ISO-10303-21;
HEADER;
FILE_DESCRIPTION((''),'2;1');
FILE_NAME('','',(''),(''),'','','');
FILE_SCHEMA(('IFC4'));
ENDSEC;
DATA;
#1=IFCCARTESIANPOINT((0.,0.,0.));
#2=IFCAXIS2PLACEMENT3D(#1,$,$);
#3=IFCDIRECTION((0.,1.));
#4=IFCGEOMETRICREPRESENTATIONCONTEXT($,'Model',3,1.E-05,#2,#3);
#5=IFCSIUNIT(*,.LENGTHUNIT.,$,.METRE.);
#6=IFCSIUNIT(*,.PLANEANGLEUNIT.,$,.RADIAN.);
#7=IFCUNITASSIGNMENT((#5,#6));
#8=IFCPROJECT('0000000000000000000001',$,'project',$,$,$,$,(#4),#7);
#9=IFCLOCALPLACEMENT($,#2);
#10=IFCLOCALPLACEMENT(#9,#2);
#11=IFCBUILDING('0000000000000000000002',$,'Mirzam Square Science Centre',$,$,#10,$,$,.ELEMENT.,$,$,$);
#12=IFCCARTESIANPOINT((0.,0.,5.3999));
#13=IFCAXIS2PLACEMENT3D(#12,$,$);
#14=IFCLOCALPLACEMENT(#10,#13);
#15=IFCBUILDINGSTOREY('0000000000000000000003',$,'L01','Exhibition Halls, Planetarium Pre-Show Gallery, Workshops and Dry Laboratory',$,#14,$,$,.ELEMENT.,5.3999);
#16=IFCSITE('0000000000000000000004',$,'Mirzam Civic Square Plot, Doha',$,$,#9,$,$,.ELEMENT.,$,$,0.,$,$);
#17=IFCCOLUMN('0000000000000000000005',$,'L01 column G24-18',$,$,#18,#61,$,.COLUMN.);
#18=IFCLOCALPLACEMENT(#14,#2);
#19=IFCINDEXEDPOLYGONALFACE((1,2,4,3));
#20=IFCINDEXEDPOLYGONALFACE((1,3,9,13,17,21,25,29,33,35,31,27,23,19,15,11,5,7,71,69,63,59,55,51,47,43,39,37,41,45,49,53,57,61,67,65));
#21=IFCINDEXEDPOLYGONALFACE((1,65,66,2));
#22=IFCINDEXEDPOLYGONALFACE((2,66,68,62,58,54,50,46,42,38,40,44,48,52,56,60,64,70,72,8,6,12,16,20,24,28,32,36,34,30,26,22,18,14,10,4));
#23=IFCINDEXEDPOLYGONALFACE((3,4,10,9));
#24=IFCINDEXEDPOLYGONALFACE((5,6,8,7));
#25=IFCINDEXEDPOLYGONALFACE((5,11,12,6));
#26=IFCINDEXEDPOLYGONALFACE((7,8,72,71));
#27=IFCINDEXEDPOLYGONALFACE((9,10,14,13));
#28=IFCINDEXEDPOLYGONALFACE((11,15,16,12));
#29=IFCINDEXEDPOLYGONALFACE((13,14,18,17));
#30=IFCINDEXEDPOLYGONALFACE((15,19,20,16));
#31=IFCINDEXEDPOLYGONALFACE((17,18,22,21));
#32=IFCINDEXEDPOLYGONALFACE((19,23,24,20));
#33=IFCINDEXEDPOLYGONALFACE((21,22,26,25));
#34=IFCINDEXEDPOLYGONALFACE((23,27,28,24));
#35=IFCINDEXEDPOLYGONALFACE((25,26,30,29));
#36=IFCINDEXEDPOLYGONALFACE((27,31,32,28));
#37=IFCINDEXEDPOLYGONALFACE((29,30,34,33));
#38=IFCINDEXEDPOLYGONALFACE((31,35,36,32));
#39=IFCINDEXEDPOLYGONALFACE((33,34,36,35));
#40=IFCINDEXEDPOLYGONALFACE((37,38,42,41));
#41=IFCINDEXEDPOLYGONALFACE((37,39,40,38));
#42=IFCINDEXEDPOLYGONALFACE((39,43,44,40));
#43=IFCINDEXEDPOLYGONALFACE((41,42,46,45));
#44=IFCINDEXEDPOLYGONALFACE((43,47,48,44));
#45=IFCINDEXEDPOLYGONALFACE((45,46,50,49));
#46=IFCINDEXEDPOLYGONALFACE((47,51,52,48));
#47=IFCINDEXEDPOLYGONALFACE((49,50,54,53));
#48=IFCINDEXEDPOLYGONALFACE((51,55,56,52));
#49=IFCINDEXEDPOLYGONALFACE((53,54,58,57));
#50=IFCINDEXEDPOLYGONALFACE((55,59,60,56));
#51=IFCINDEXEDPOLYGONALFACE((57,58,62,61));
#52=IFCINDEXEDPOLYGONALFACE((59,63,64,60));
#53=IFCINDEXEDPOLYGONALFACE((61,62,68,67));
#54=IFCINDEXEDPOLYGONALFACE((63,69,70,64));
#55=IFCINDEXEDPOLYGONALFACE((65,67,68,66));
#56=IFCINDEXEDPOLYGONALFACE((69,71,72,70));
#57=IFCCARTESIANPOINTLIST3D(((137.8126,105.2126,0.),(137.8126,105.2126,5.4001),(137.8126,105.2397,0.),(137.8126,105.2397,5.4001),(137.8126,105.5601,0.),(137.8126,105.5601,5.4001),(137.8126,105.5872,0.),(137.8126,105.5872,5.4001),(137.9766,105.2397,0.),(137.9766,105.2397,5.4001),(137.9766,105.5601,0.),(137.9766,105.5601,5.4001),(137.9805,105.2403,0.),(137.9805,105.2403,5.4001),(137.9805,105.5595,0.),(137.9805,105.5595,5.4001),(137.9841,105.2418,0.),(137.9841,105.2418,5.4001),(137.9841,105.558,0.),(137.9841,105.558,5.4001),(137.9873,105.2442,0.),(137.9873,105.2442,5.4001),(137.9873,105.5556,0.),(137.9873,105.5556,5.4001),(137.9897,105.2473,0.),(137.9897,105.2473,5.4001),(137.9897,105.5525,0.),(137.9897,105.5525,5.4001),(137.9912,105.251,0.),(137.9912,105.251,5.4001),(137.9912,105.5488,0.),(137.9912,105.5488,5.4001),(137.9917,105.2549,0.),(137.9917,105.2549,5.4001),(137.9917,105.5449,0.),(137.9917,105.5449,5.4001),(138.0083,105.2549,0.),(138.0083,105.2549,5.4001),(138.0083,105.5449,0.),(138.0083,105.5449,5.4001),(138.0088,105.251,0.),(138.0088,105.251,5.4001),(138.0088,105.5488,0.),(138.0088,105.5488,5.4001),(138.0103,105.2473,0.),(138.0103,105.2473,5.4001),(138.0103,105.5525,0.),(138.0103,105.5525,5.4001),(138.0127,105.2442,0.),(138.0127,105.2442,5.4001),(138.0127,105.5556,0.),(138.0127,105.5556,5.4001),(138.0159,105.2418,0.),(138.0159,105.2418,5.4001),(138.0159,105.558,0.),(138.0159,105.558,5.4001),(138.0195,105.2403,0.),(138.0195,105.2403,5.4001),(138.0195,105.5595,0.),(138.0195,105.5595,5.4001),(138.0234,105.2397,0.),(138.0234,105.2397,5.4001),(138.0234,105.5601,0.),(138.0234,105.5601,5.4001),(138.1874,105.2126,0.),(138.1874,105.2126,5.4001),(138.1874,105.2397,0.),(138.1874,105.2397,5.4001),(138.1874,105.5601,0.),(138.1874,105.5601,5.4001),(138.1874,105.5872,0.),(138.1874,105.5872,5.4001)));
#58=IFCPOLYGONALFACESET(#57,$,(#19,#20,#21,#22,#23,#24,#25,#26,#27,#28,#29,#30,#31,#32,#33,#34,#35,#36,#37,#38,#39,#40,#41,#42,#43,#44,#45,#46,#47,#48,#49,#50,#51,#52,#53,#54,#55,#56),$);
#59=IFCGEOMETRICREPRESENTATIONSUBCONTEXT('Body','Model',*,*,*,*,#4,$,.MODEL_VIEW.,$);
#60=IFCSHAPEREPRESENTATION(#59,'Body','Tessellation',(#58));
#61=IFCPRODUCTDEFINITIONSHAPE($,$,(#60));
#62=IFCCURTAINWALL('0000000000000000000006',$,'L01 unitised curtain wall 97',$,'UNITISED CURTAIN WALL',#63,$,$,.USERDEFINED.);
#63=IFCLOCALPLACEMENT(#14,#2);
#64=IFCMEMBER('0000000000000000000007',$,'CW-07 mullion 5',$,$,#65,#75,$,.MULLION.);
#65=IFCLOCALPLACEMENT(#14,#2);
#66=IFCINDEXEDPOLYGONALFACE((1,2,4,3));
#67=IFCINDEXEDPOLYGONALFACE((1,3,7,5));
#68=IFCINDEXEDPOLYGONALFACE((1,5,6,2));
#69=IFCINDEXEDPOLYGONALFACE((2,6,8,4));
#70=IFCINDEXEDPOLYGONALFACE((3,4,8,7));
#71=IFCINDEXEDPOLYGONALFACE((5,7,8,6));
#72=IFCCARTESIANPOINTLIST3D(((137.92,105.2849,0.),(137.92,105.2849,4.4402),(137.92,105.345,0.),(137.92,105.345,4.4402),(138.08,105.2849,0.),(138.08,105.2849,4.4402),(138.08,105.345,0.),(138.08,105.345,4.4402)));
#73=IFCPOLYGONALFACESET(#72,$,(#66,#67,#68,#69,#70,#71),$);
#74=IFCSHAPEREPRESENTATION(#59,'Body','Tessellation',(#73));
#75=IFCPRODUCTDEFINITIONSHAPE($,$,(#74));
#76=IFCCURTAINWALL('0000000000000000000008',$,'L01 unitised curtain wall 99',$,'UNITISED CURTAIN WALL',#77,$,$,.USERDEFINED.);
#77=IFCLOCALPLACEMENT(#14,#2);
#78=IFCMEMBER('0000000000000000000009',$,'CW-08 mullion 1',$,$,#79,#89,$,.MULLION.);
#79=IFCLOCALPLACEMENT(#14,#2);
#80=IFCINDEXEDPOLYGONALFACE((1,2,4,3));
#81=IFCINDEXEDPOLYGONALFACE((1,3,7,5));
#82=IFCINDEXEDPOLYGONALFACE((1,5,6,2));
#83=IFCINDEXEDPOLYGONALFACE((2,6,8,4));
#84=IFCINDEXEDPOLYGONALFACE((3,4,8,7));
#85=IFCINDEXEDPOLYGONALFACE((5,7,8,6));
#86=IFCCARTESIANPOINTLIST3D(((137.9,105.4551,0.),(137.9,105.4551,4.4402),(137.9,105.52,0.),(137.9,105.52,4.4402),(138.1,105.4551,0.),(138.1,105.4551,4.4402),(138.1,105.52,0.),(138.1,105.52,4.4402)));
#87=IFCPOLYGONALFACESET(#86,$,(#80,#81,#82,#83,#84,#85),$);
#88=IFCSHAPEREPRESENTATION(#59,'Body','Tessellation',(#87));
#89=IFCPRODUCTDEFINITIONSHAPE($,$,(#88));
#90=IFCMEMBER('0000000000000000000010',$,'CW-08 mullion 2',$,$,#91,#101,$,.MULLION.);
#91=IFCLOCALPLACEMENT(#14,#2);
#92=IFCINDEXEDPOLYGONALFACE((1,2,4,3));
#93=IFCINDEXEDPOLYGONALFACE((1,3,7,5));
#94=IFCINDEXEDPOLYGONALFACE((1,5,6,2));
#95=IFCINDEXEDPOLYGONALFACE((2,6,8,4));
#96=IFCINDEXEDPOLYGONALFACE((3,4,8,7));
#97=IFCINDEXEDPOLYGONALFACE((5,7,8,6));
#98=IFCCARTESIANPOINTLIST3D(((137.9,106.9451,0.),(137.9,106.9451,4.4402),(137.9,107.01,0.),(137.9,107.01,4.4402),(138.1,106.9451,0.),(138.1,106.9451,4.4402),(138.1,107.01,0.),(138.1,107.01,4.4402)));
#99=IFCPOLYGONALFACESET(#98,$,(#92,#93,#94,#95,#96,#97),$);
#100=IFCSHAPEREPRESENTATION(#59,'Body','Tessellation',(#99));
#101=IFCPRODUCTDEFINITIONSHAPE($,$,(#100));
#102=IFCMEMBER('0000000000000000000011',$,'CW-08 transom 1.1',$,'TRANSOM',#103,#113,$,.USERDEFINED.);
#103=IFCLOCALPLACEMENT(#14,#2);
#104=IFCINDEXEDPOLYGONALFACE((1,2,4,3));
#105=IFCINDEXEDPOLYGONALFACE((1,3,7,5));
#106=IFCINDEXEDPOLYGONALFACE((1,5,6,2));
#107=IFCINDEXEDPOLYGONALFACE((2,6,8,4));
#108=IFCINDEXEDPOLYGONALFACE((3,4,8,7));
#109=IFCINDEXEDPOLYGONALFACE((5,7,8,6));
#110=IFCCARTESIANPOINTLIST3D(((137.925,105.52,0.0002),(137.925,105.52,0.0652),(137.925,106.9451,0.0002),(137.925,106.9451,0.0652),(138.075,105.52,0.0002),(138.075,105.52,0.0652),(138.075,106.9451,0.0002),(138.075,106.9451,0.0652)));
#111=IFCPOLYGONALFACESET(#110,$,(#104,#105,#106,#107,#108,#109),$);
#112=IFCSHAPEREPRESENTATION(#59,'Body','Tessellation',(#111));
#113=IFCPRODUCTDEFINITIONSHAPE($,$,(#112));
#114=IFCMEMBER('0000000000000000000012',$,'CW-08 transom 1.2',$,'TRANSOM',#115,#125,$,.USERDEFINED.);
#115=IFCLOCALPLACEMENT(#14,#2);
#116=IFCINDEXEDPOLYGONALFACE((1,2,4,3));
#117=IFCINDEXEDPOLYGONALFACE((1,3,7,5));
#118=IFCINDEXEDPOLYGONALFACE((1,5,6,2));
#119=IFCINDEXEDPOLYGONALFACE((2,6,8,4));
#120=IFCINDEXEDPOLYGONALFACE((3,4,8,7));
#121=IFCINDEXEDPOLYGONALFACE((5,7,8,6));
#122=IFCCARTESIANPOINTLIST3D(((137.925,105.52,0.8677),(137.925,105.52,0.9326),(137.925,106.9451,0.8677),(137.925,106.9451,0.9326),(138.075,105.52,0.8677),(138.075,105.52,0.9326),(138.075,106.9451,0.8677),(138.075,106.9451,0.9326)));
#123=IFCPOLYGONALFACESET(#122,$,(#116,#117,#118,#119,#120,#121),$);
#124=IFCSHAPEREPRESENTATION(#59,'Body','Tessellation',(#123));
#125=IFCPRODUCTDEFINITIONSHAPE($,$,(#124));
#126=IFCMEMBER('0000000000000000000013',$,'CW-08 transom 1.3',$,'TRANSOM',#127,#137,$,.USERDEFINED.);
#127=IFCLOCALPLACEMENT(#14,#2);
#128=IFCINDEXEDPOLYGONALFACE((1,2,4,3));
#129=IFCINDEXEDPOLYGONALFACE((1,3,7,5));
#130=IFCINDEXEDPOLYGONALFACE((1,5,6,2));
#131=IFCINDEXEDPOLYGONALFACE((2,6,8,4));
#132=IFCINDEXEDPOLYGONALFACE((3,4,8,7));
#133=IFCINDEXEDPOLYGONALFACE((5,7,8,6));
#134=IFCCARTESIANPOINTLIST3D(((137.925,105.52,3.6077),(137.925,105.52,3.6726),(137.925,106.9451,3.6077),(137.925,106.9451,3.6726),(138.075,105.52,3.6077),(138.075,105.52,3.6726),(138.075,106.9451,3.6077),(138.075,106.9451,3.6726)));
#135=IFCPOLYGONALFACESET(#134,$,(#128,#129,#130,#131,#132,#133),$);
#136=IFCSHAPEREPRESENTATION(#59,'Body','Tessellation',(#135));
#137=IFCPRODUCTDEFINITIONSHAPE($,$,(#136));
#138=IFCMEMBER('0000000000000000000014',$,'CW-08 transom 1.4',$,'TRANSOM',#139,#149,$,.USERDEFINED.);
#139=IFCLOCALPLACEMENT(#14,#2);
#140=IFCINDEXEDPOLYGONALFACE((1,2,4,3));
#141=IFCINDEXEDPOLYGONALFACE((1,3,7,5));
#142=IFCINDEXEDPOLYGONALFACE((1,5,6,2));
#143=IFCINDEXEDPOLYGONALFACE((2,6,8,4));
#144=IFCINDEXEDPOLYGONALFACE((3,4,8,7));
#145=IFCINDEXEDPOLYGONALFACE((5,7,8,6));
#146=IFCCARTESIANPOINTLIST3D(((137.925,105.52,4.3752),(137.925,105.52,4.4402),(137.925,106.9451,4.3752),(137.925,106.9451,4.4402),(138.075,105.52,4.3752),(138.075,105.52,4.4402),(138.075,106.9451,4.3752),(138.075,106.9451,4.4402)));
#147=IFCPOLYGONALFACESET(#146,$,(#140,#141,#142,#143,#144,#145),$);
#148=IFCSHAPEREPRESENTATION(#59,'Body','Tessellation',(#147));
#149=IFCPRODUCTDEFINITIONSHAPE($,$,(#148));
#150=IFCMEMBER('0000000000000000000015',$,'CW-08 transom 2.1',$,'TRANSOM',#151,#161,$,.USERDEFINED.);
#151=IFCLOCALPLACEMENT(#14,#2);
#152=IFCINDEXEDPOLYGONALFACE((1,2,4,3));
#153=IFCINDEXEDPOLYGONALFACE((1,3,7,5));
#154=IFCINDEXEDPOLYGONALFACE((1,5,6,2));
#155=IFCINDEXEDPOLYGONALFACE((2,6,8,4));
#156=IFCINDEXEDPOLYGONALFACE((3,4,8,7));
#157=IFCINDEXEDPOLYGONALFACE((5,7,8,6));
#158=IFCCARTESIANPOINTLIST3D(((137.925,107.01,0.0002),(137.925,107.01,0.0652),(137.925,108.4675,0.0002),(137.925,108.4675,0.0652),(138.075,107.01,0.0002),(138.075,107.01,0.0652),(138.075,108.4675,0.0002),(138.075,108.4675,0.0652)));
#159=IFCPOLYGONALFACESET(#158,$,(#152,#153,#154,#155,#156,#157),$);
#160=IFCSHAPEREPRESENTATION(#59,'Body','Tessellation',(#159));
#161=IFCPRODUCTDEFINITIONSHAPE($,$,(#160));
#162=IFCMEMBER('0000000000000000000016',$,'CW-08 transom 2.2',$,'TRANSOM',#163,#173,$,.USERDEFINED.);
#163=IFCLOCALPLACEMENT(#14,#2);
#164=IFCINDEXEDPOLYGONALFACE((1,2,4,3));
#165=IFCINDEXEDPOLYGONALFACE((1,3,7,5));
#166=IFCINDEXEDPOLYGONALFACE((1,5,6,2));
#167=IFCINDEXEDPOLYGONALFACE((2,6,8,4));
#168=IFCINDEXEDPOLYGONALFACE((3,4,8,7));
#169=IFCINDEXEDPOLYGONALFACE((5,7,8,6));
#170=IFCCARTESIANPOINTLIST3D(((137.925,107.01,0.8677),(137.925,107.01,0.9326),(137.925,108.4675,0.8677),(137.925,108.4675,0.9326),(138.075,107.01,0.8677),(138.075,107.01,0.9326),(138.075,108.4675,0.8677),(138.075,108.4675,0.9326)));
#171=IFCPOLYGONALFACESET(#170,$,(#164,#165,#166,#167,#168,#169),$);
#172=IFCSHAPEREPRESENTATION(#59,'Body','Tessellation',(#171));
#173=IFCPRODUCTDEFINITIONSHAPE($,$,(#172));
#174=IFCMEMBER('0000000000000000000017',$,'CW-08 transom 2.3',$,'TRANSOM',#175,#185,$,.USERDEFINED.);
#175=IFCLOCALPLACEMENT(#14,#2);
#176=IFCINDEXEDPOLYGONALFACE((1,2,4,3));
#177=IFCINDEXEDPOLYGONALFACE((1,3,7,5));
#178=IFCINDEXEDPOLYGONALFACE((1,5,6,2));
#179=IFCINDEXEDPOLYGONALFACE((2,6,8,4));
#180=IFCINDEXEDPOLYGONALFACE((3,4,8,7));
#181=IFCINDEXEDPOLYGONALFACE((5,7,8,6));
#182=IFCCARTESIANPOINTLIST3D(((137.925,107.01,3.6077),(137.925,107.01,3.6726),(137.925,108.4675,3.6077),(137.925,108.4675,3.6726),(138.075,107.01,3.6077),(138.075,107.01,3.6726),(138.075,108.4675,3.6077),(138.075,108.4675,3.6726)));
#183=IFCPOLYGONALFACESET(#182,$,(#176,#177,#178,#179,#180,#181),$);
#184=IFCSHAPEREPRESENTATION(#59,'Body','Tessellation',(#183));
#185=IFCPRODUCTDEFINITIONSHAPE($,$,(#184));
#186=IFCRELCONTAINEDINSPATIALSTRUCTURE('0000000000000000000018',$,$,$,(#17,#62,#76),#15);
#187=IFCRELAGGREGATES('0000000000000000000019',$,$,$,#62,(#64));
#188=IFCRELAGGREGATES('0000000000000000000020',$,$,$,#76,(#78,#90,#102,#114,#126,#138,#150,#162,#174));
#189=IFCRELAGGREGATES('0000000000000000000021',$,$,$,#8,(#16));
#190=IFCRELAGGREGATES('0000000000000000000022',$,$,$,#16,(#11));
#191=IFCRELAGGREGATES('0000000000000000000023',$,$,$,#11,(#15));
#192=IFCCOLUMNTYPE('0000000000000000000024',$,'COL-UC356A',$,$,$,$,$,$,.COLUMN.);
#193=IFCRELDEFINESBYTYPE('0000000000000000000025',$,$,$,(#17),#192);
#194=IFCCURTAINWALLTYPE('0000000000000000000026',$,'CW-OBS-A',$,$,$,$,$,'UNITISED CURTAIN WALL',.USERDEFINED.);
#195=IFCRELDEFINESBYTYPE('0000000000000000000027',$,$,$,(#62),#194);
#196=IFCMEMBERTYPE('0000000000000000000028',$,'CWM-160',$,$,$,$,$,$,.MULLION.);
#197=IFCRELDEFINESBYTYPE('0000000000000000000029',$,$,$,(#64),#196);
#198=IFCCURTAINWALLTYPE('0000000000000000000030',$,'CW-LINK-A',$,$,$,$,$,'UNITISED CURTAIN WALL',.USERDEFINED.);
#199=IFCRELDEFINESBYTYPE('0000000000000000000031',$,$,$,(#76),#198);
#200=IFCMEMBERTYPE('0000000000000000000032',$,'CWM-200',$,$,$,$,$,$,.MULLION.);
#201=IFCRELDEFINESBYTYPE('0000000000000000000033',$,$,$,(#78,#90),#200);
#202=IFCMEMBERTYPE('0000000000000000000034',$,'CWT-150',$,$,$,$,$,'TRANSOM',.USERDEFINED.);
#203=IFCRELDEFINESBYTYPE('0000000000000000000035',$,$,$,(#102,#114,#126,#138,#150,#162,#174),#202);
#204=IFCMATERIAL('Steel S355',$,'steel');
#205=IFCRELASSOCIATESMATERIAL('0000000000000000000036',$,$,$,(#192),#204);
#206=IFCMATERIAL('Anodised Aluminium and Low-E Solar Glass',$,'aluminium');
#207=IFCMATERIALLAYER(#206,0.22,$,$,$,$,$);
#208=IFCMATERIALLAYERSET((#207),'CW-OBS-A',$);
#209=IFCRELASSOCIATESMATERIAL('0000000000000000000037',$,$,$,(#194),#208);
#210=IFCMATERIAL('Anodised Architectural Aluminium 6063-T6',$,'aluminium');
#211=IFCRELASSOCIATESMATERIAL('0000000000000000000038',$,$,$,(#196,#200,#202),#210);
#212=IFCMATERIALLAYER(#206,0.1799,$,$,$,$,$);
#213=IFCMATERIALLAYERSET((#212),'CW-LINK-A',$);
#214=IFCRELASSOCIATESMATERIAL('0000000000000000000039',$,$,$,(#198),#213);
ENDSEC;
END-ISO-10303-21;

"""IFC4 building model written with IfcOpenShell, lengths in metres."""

from ifc_helpers import new_model, si_unit, direction, frame, origin, origin_2d, place, context, subcontext, project, spatial, rectangle, i_section, extrude, material, layer, layer_set, material_profile, profile_set, type_object, element, aggregate, save


model = new_model("IFC4")

# Units and contexts
model_context = context("Model", 3, precision=1e-05, world=origin(), true_north=direction((0.0, 1.0)))
body_context = subcontext(model_context, "Body", "Model", "MODEL_VIEW")
ifc_project = project(units=[si_unit("LENGTHUNIT", "METRE"), si_unit("PLANEANGLEUNIT", "RADIAN")], contexts=[model_context])

# Site, building, storey
site_placement = place(None, origin())
site = spatial("IfcSite", under=ifc_project, at=site_placement, Name="Mirzam Civic Square Plot, Doha", CompositionType="ELEMENT", RefElevation=0.0)
building_placement = place(site_placement, origin())
building = spatial("IfcBuilding", under=site, at=building_placement, Name="Mirzam Square Science Centre", CompositionType="ELEMENT")
storey_placement = place(building_placement, frame((0.0, 0.0, 5.3999)))
storey = spatial("IfcBuildingStorey", under=building, at=storey_placement, Name="L01", Description="Exhibition Halls, Planetarium Pre-Show Gallery, Workshops and Dry Laboratory", CompositionType="ELEMENT", Elevation=5.3999)

# Column
ifc_material_1 = material(Name="Steel S355", Category="steel")
ifc_material_profile_1 = material_profile(ifc_material_1, i_section(OverallWidth=0.3748, OverallDepth=0.3745, WebThickness=0.0166, FlangeThickness=0.0271, FilletRadius=0.0151, at=origin_2d()), Name="356x368x202UC")
ifc_profile_set_1 = profile_set([ifc_material_profile_1], Name="Steel S355")
column_type = type_object("IfcColumnType", Name="COL-UC356A", PredefinedType="COLUMN", material=ifc_profile_set_1)
column_placement = place(storey_placement, frame((138.0, 105.3999, 0.0), z_axis=(0.0, 0.0, 1.0), x_axis=(1.0, 0.0, 0.0)))
element("IfcColumn", 1, at=column_placement, inside=storey, type_object=column_type, Name="L01 column G24-18", PredefinedType="COLUMN", context=body_context, shape_type="SweptSolid", body=[
    extrude(i_section(OverallWidth=0.3748, OverallDepth=0.3745, WebThickness=0.0166, FlangeThickness=0.0271, FilletRadius=0.0151, at=origin_2d()), origin(), (0.0, 0.0, 1.0), 5.4001),
])

# Curtain wall, member
ifc_material_2 = material(Name="Anodised Aluminium and Low-E Solar Glass", Category="aluminium")
ifc_layer_1 = layer(ifc_material_2, 0.22)
ifc_layer_set_1 = layer_set([ifc_layer_1], Name="CW-OBS-A")
curtain_wall_type_1 = type_object("IfcCurtainWallType", Name="CW-OBS-A", ElementType="UNITISED CURTAIN WALL", PredefinedType="USERDEFINED", material=ifc_layer_set_1)
curtain_wall_1_placement = place(storey_placement, origin())
curtain_wall_1 = element("IfcCurtainWall", 2, at=curtain_wall_1_placement, inside=storey, type_object=curtain_wall_type_1, Name="L01 unitised curtain wall 97", ObjectType="UNITISED CURTAIN WALL", PredefinedType="USERDEFINED")
ifc_material_3 = material(Name="Anodised Architectural Aluminium 6063-T6", Category="aluminium")
ifc_material_profile_2 = material_profile(ifc_material_3, rectangle(XDim=0.0601, YDim=0.1599, at=origin_2d()), Name="ALU-MULL-160x60x4")
ifc_profile_set_2 = profile_set([ifc_material_profile_2], Name="Anodised Architectural Aluminium 6063-T6")
member_type_1 = type_object("IfcMemberType", Name="CWM-160", PredefinedType="MULLION", material=ifc_profile_set_2)
member_1_placement = place(storey_placement, frame((138.0, 105.3149, 0.0), z_axis=(0.0, 0.0, 1.0), x_axis=(0.0, 1.0, 0.0)))
member_1 = element("IfcMember", 3, at=member_1_placement, type_object=member_type_1, Name="CW-07 mullion 5", PredefinedType="MULLION", context=body_context, shape_type="SweptSolid", body=[
    extrude(rectangle(XDim=0.0601, YDim=0.1599, at=origin_2d()), origin(), (0.0, 0.0, 1.0), 4.4402),
])

# Curtain wall, members
ifc_layer_2 = layer(ifc_material_2, 0.1799)
ifc_layer_set_2 = layer_set([ifc_layer_2], Name="CW-LINK-A")
curtain_wall_type_2 = type_object("IfcCurtainWallType", Name="CW-LINK-A", ElementType="UNITISED CURTAIN WALL", PredefinedType="USERDEFINED", material=ifc_layer_set_2)
curtain_wall_2_placement = place(storey_placement, origin())
curtain_wall_2 = element("IfcCurtainWall", 4, at=curtain_wall_2_placement, inside=storey, type_object=curtain_wall_type_2, Name="L01 unitised curtain wall 99", ObjectType="UNITISED CURTAIN WALL", PredefinedType="USERDEFINED")
ifc_material_profile_3 = material_profile(ifc_material_3, rectangle(XDim=0.0649, YDim=0.2, at=origin_2d()), Name="ALU-MULL-200x65x5")
ifc_profile_set_3 = profile_set([ifc_material_profile_3], Name="Anodised Architectural Aluminium 6063-T6")
member_type_2 = type_object("IfcMemberType", Name="CWM-200", PredefinedType="MULLION", material=ifc_profile_set_3)
member_2_placement = place(storey_placement, frame((138.0, 105.4875, 0.0), z_axis=(0.0, 0.0, 1.0), x_axis=(0.0, 1.0, 0.0)))
member_2 = element("IfcMember", 5, at=member_2_placement, type_object=member_type_2, Name="CW-08 mullion 1", PredefinedType="MULLION", context=body_context, shape_type="SweptSolid", body=[
    extrude(rectangle(XDim=0.0649, YDim=0.2, at=origin_2d()), origin(), (0.0, 0.0, 1.0), 4.4402),
])
member_3_placement = place(storey_placement, frame((138.0, 106.9775, 0.0), z_axis=(0.0, 0.0, 1.0), x_axis=(0.0, 1.0, 0.0)))
member_3 = element("IfcMember", 6, at=member_3_placement, type_object=member_type_2, Name="CW-08 mullion 2", PredefinedType="MULLION", context=body_context, shape_type="SweptSolid", body=[
    extrude(rectangle(XDim=0.0649, YDim=0.2, at=origin_2d()), origin(), (0.0, 0.0, 1.0), 4.4402),
])
ifc_material_profile_4 = material_profile(ifc_material_3, rectangle(XDim=0.1499, YDim=0.0649, at=origin_2d()), Name="ALU-TRAN-150x65x4")
ifc_profile_set_4 = profile_set([ifc_material_profile_4], Name="Anodised Architectural Aluminium 6063-T6")
member_type_3 = type_object("IfcMemberType", Name="CWT-150", ElementType="TRANSOM", PredefinedType="USERDEFINED", material=ifc_profile_set_4)
member_4_placement = place(storey_placement, frame((138.0, 105.52, 0.0327), z_axis=(0.0, 1.0, 0.0), x_axis=(-1.0, 0.0, 0.0)))
member_4 = element("IfcMember", 7, at=member_4_placement, type_object=member_type_3, Name="CW-08 transom 1.1", ObjectType="TRANSOM", PredefinedType="USERDEFINED", context=body_context, shape_type="SweptSolid", body=[
    extrude(rectangle(XDim=0.1499, YDim=0.0649, at=origin_2d()), origin(), (0.0, 0.0, 1.0), 1.425),
])
member_5_placement = place(storey_placement, frame((138.0, 105.52, 0.9001), z_axis=(0.0, 1.0, 0.0), x_axis=(-1.0, 0.0, 0.0)))
member_5 = element("IfcMember", 8, at=member_5_placement, type_object=member_type_3, Name="CW-08 transom 1.2", ObjectType="TRANSOM", PredefinedType="USERDEFINED", context=body_context, shape_type="SweptSolid", body=[
    extrude(rectangle(XDim=0.1499, YDim=0.0649, at=origin_2d()), origin(), (0.0, 0.0, 1.0), 1.425),
])
member_6_placement = place(storey_placement, frame((138.0, 105.52, 3.6401), z_axis=(0.0, 1.0, 0.0), x_axis=(-1.0, 0.0, 0.0)))
member_6 = element("IfcMember", 9, at=member_6_placement, type_object=member_type_3, Name="CW-08 transom 1.3", ObjectType="TRANSOM", PredefinedType="USERDEFINED", context=body_context, shape_type="SweptSolid", body=[
    extrude(rectangle(XDim=0.1499, YDim=0.0649, at=origin_2d()), origin(), (0.0, 0.0, 1.0), 1.425),
])
member_7_placement = place(storey_placement, frame((138.0, 105.52, 4.4077), z_axis=(0.0, 1.0, 0.0), x_axis=(-1.0, 0.0, 0.0)))
member_7 = element("IfcMember", 10, at=member_7_placement, type_object=member_type_3, Name="CW-08 transom 1.4", ObjectType="TRANSOM", PredefinedType="USERDEFINED", context=body_context, shape_type="SweptSolid", body=[
    extrude(rectangle(XDim=0.1499, YDim=0.0649, at=origin_2d()), origin(), (0.0, 0.0, 1.0), 1.425),
])
member_8_placement = place(storey_placement, frame((138.0, 107.01, 0.0327), z_axis=(0.0, 1.0, 0.0), x_axis=(-1.0, 0.0, 0.0)))
member_8 = element("IfcMember", 11, at=member_8_placement, type_object=member_type_3, Name="CW-08 transom 2.1", ObjectType="TRANSOM", PredefinedType="USERDEFINED", context=body_context, shape_type="SweptSolid", body=[
    extrude(rectangle(XDim=0.1499, YDim=0.0649, at=origin_2d()), origin(), (0.0, 0.0, 1.0), 1.4575),
])
member_9_placement = place(storey_placement, frame((138.0, 107.01, 0.9001), z_axis=(0.0, 1.0, 0.0), x_axis=(-1.0, 0.0, 0.0)))
member_9 = element("IfcMember", 12, at=member_9_placement, type_object=member_type_3, Name="CW-08 transom 2.2", ObjectType="TRANSOM", PredefinedType="USERDEFINED", context=body_context, shape_type="SweptSolid", body=[
    extrude(rectangle(XDim=0.1499, YDim=0.0649, at=origin_2d()), origin(), (0.0, 0.0, 1.0), 1.4575),
])
member_10_placement = place(storey_placement, frame((138.0, 107.01, 3.6401), z_axis=(0.0, 1.0, 0.0), x_axis=(-1.0, 0.0, 0.0)))
member_10 = element("IfcMember", 13, at=member_10_placement, type_object=member_type_3, Name="CW-08 transom 2.3", ObjectType="TRANSOM", PredefinedType="USERDEFINED", context=body_context, shape_type="SweptSolid", body=[
    extrude(rectangle(XDim=0.1499, YDim=0.0649, at=origin_2d()), origin(), (0.0, 0.0, 1.0), 1.4575),
])

aggregate(curtain_wall_1, [member_1])
aggregate(curtain_wall_2, [member_2, member_3, member_4, member_5, member_6, member_7, member_8, member_9, member_10])

save(model, "model.ifc")
